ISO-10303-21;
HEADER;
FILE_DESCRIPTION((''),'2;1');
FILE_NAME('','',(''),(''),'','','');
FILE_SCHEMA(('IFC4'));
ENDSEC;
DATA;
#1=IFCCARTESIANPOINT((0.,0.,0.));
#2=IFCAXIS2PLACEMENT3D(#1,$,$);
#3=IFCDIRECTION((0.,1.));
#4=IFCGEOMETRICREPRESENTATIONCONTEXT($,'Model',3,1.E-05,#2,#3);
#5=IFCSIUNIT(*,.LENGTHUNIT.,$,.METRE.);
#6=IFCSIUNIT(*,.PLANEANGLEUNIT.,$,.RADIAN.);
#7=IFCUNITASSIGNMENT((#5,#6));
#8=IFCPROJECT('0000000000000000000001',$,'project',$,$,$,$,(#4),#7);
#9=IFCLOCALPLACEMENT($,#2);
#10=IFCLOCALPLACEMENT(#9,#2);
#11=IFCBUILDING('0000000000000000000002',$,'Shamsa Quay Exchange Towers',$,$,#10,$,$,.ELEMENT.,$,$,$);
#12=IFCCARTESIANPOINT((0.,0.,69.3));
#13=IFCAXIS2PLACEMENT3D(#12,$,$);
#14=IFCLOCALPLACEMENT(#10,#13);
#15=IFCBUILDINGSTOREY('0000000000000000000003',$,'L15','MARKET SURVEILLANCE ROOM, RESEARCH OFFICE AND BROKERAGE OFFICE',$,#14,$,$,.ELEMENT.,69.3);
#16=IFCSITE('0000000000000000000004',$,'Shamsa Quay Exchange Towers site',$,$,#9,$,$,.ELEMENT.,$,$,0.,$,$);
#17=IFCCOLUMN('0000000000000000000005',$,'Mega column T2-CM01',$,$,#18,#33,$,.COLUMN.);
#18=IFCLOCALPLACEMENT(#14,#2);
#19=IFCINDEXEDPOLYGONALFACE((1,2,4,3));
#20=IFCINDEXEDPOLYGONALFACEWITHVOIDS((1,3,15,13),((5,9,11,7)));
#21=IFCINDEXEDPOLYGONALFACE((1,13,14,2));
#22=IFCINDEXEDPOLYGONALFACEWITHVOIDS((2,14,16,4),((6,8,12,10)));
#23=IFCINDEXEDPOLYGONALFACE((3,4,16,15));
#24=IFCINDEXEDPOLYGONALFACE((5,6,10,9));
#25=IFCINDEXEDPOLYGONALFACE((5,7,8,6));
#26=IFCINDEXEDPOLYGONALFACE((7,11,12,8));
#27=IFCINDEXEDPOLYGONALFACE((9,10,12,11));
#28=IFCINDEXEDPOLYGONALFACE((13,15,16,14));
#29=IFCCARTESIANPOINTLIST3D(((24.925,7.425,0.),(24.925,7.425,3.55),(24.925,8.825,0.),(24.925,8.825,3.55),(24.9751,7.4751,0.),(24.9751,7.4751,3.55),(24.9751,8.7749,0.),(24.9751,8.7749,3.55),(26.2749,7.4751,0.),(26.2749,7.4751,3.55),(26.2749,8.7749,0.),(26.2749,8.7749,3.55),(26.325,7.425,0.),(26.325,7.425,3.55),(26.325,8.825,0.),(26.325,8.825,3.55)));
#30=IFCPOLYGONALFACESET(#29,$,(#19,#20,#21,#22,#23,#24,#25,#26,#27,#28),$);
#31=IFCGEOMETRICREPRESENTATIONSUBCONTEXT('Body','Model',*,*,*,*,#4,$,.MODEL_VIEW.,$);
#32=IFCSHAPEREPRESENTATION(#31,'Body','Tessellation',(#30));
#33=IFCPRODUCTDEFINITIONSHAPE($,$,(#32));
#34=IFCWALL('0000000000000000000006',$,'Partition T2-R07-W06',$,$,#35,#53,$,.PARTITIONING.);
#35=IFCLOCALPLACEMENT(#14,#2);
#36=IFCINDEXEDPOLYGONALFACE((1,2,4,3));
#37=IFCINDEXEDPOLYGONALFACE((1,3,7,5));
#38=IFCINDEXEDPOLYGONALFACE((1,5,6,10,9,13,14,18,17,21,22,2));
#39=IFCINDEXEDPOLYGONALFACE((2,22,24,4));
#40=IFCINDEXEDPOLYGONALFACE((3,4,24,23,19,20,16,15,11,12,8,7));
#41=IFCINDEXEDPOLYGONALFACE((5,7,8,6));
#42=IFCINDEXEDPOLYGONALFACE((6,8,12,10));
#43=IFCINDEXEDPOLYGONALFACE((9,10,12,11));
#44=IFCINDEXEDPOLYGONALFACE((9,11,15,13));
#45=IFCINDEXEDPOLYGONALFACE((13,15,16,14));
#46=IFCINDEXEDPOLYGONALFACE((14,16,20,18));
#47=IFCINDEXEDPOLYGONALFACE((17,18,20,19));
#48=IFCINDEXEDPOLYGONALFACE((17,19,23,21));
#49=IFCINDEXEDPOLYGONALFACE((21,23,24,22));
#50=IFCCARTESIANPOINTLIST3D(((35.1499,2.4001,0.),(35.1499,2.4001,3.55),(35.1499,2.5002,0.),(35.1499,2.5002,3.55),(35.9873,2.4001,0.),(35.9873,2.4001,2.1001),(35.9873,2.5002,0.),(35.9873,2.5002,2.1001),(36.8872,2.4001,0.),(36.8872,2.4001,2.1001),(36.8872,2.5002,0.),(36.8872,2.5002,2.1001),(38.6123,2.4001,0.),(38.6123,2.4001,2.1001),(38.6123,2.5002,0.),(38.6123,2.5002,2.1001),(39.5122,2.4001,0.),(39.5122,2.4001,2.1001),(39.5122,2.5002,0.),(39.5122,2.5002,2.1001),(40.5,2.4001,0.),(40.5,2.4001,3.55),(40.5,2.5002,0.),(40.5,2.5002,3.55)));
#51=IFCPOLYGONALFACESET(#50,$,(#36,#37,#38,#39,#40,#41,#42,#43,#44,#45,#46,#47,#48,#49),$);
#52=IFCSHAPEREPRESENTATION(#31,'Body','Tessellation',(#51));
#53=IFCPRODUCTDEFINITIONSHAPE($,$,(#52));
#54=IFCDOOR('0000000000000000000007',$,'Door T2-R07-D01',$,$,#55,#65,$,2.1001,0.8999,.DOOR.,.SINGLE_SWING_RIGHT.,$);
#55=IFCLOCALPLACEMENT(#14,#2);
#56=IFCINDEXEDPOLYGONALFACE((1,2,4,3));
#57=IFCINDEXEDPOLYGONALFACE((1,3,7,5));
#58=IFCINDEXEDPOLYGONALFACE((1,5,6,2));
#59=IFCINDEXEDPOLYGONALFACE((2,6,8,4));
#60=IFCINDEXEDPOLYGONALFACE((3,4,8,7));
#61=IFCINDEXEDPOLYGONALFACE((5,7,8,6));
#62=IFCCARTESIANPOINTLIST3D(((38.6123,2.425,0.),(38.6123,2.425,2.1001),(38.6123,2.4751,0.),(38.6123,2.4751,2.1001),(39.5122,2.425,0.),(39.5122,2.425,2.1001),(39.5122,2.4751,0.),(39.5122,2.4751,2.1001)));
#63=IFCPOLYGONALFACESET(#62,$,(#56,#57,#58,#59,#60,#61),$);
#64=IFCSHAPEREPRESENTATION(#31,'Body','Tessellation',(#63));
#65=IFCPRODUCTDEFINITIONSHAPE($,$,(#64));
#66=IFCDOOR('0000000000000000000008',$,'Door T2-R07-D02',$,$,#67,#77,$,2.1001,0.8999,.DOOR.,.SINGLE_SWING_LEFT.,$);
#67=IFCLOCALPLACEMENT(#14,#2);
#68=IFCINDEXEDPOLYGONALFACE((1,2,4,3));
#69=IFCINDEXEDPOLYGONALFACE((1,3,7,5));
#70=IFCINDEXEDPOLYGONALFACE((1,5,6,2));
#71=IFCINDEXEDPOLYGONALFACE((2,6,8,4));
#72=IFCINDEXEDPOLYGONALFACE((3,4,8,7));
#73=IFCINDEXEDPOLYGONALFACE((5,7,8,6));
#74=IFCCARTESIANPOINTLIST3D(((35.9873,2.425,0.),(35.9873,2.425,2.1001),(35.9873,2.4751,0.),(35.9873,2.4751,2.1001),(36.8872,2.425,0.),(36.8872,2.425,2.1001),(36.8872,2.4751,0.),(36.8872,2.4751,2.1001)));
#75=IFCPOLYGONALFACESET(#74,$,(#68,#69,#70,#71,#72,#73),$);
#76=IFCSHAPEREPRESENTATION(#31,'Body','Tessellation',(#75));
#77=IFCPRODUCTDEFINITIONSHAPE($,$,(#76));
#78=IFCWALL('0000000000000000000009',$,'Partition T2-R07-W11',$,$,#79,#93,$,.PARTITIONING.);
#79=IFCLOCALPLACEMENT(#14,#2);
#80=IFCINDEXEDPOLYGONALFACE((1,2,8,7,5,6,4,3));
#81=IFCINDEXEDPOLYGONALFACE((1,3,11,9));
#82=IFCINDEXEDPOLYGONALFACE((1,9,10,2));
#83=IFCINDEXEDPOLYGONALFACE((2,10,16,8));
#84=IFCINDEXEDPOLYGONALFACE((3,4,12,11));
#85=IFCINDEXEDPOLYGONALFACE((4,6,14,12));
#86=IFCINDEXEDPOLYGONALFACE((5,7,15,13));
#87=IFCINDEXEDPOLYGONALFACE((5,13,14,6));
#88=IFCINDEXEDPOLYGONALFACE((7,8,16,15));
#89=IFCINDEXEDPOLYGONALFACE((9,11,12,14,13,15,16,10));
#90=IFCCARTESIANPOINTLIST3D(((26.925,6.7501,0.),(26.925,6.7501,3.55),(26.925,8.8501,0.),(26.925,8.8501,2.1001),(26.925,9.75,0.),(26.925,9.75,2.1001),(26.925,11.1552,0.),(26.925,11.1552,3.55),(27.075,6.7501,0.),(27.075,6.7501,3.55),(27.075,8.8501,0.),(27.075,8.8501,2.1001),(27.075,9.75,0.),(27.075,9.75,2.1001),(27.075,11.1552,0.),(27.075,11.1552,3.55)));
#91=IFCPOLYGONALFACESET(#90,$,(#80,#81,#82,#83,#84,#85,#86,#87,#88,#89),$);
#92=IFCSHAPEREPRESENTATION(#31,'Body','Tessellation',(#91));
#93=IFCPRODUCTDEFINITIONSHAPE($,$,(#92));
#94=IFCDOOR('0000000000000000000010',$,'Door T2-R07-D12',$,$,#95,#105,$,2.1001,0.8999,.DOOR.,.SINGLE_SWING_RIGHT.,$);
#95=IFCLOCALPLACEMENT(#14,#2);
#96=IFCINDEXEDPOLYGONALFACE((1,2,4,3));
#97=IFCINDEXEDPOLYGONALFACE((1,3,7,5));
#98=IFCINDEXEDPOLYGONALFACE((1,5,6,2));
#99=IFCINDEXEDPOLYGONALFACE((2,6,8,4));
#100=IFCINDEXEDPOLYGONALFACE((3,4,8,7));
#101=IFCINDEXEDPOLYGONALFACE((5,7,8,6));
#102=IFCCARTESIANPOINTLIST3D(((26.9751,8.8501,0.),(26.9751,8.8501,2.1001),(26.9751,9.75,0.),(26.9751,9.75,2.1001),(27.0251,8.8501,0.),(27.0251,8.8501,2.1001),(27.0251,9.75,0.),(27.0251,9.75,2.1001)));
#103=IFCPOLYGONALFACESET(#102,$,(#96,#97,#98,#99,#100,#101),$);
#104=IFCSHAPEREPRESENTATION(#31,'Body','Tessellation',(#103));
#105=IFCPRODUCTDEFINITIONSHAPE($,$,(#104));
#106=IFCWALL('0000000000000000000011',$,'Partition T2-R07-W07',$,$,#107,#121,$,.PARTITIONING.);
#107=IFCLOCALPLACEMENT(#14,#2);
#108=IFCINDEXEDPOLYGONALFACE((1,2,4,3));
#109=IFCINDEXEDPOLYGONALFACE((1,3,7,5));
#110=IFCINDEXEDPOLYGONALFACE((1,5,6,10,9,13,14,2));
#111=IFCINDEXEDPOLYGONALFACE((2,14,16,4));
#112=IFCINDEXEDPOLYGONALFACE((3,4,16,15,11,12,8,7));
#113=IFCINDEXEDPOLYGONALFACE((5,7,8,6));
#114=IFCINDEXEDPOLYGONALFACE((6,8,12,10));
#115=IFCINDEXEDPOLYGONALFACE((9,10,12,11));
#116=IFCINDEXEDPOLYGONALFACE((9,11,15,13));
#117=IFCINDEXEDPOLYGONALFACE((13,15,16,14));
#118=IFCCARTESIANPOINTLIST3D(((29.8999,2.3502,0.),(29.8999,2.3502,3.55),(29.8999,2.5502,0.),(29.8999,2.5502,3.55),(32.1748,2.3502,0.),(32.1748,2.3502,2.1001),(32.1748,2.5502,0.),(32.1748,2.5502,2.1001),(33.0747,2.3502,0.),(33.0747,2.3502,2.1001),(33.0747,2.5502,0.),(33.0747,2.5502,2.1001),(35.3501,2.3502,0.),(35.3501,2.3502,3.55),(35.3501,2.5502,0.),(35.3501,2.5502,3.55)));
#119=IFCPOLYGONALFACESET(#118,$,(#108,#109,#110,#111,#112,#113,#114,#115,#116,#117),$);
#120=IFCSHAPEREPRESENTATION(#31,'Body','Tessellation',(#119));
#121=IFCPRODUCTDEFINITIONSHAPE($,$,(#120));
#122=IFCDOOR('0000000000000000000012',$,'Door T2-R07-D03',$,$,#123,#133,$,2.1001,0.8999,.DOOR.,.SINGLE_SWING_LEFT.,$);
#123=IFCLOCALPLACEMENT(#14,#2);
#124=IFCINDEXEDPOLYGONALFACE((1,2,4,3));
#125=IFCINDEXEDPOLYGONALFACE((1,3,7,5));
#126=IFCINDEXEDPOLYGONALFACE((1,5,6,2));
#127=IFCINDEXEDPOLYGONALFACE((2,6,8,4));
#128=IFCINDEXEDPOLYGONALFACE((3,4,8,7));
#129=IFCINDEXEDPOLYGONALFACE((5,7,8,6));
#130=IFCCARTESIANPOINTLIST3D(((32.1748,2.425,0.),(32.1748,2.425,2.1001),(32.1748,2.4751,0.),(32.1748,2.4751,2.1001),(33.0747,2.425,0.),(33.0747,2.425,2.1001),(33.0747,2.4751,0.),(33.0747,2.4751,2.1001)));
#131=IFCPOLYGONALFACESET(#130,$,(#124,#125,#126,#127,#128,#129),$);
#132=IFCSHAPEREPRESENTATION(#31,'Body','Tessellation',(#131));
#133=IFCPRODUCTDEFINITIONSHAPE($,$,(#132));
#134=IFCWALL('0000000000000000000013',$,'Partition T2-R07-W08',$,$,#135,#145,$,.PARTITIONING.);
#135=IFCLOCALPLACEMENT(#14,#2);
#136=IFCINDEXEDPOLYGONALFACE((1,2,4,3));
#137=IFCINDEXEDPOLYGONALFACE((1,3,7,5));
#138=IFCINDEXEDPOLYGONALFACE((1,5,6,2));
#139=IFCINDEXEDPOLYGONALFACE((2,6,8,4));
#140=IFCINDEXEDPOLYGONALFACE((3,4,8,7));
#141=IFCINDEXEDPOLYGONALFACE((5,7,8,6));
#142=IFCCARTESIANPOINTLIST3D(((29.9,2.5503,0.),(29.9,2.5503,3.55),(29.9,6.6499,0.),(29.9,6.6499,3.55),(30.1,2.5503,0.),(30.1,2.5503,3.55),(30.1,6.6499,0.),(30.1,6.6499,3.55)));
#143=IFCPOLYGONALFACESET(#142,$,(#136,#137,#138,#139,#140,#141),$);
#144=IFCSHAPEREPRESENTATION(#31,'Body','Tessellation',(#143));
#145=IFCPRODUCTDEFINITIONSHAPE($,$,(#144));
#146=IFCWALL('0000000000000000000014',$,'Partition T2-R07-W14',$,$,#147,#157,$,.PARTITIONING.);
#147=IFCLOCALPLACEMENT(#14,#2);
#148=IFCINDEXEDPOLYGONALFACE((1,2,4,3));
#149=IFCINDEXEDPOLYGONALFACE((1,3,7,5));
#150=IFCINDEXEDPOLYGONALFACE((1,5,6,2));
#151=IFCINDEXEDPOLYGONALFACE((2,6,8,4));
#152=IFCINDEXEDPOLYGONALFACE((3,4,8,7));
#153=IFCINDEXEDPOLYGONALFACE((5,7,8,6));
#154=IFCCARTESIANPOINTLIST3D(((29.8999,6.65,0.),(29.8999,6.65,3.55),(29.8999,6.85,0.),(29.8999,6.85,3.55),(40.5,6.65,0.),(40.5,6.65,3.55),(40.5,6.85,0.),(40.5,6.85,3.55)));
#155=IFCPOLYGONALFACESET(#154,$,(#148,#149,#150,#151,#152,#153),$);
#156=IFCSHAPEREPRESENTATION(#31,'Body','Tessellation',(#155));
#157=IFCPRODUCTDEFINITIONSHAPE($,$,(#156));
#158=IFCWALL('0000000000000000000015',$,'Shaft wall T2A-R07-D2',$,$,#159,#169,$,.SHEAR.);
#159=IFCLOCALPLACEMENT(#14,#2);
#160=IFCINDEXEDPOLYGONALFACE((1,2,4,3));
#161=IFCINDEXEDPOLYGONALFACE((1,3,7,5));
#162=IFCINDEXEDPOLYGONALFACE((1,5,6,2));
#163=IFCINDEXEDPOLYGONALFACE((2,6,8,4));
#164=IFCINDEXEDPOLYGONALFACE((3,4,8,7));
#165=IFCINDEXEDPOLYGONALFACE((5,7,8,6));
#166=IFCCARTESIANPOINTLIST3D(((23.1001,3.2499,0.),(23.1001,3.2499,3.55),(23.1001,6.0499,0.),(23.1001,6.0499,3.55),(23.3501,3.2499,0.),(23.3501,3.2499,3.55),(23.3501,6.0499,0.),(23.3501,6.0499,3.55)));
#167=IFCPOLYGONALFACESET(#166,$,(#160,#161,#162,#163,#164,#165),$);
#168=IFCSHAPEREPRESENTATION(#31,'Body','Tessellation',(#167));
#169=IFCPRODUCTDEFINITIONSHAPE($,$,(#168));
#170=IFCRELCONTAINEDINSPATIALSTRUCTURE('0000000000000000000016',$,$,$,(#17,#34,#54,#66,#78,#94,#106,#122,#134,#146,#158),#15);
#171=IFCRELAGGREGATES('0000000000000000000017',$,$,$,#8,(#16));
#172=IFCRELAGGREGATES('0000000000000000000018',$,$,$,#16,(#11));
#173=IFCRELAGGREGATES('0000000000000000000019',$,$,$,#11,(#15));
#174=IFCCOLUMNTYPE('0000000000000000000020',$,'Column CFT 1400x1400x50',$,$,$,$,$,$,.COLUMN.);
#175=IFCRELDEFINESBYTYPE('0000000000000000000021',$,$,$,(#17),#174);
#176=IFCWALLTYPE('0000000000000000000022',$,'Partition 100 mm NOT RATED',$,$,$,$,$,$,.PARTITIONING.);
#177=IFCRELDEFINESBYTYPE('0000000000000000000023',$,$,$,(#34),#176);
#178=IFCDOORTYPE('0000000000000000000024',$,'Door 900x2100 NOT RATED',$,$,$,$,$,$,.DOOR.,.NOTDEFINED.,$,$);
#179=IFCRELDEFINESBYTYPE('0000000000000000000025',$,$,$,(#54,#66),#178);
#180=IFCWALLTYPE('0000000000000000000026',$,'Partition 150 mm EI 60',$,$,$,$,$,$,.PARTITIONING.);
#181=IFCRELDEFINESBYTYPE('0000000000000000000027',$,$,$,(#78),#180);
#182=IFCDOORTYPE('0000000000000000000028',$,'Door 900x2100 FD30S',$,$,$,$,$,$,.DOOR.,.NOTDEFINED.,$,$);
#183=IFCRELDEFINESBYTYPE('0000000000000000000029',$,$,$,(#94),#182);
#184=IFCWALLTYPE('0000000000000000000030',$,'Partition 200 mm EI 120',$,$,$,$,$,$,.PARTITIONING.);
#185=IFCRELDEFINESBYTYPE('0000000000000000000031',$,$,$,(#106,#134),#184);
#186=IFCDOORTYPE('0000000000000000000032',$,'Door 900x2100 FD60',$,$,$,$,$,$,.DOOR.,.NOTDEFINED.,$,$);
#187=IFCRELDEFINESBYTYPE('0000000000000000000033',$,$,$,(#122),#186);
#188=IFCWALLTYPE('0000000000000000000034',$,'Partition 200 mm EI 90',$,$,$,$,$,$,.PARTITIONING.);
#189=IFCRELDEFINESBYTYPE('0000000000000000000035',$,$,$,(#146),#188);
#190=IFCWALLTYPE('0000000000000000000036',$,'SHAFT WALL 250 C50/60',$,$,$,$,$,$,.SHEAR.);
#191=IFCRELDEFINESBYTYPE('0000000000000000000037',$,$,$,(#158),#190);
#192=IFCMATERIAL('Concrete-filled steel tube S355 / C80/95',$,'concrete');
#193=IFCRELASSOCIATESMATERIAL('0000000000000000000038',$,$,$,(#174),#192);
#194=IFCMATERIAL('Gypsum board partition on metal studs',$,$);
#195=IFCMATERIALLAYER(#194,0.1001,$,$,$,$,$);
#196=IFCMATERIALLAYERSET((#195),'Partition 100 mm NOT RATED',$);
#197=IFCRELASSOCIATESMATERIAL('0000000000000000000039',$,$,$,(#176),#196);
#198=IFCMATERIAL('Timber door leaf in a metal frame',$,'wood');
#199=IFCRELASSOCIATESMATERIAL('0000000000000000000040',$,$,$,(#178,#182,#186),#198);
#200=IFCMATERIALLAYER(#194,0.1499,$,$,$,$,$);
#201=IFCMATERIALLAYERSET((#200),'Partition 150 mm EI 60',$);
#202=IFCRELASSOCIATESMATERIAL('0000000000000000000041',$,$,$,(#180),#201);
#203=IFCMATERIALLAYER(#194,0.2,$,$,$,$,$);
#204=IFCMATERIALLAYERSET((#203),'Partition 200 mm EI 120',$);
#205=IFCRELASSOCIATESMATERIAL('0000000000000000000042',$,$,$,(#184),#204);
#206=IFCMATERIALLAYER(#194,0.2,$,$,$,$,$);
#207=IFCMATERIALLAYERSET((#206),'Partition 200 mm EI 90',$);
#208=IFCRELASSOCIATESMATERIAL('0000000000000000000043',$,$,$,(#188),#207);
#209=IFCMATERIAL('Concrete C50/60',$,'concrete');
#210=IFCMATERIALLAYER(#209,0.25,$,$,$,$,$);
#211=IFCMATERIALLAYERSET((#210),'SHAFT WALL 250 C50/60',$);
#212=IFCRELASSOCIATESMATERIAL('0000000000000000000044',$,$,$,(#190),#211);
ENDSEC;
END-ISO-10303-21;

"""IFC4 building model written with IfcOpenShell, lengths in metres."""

from ifc_helpers import new_model, si_unit, direction, frame, frame_2d, origin, origin_2d, place, context, subcontext, project, spatial, rectangle, hollow_rectangle, extrude, material, layer, layer_set, material_profile, profile_set, type_object, element, fill, save


model = new_model("IFC4")

# Units and contexts
model_context = context("Model", 3, precision=1e-05, world=origin(), true_north=direction((0.0, 1.0)))
body_context = subcontext(model_context, "Body", "Model", "MODEL_VIEW")
ifc_project = project(units=[si_unit("LENGTHUNIT", "METRE"), si_unit("PLANEANGLEUNIT", "RADIAN")], contexts=[model_context])

# Site, building, storey
site_placement = place(None, origin())
site = spatial("IfcSite", under=ifc_project, at=site_placement, Name="Shamsa Quay Exchange Towers site", CompositionType="ELEMENT", RefElevation=0.0)
building_placement = place(site_placement, origin())
building = spatial("IfcBuilding", under=site, at=building_placement, Name="Shamsa Quay Exchange Towers", CompositionType="ELEMENT")
storey_placement = place(building_placement, frame((0.0, 0.0, 69.3)))
storey = spatial("IfcBuildingStorey", under=building, at=storey_placement, Name="L15", Description="MARKET SURVEILLANCE ROOM, RESEARCH OFFICE AND BROKERAGE OFFICE", CompositionType="ELEMENT", Elevation=69.3)

# Column
ifc_material_1 = material(Name="Concrete-filled steel tube S355 / C80/95", Category="concrete")
ifc_material_profile = material_profile(ifc_material_1, hollow_rectangle(XDim=1.3999, YDim=1.3999, WallThickness=0.05, at=origin_2d()), Name="CFT 1400x1400x50")
ifc_profile_set = profile_set([ifc_material_profile], Name="Concrete-filled steel tube S355 / C80/95")
column_type = type_object("IfcColumnType", Name="Column CFT 1400x1400x50", PredefinedType="COLUMN", material=ifc_profile_set)
column_placement = place(storey_placement, frame((25.625, 8.125, 0.0)))
element("IfcColumn", 1, at=column_placement, inside=storey, type_object=column_type, Name="Mega column T2-CM01", PredefinedType="COLUMN", context=body_context, shape_type="SweptSolid", body=[
    extrude(hollow_rectangle(XDim=1.3999, YDim=1.3999, WallThickness=0.05, at=origin_2d()), origin(), (0.0, 0.0, 1.0), 3.55),
])

# Wall, openings, doors
ifc_material_2 = material(Name="Gypsum board partition on metal studs")
ifc_layer_1 = layer(ifc_material_2, 0.1001)
ifc_layer_set_1 = layer_set([ifc_layer_1], Name="Partition 100 mm NOT RATED")
wall_type_1 = type_object("IfcWallType", Name="Partition 100 mm NOT RATED", PredefinedType="PARTITIONING", material=ifc_layer_set_1)
wall_1_placement = place(storey_placement, frame((35.1499, 2.4502, 0.0)))
wall_1 = element("IfcWall", 2, at=wall_1_placement, inside=storey, type_object=wall_type_1, Name="Partition T2-R07-W06", PredefinedType="PARTITIONING", context=body_context, shape_type="SweptSolid", body=[
    extrude(rectangle(XDim=5.3501, YDim=0.1001, at=frame_2d((2.675, 0.0))), origin(), (0.0, 0.0, 1.0), 3.55),
])
opening_1_placement = place(wall_1_placement, frame((3.4624, 0.0, 0.0)))
opening_1 = element("IfcOpeningElement", 3, at=opening_1_placement, cuts=wall_1, PredefinedType="OPENING", context=body_context, shape_type="SweptSolid", body=[
    extrude(rectangle(XDim=0.8999, YDim=2.1001, at=frame_2d((0.45, 1.05))), frame((0.0, 0.0601, 0.0), z_axis=(0.0, -1.0, 0.0), x_axis=(1.0, 0.0, 0.0)), (0.0, 0.0, 1.0), 0.1201),
])
opening_2_placement = place(wall_1_placement, frame((0.8374, 0.0, 0.0)))
opening_2 = element("IfcOpeningElement", 4, at=opening_2_placement, cuts=wall_1, PredefinedType="OPENING", context=body_context, shape_type="SweptSolid", body=[
    extrude(rectangle(XDim=0.8999, YDim=2.1001, at=frame_2d((0.45, 1.05))), frame((0.0, 0.0601, 0.0), z_axis=(0.0, -1.0, 0.0), x_axis=(1.0, 0.0, 0.0)), (0.0, 0.0, 1.0), 0.1201),
])
ifc_material_3 = material(Name="Timber door leaf in a metal frame", Category="wood")
door_type_1 = type_object("IfcDoorType", Name="Door 900x2100 NOT RATED", OperationType="NOTDEFINED", PredefinedType="DOOR", material=ifc_material_3)
door_1_placement = place(opening_1_placement, origin())
door_1 = element("IfcDoor", 5, at=door_1_placement, inside=storey, type_object=door_type_1, Name="Door T2-R07-D01", OperationType="SINGLE_SWING_RIGHT", OverallHeight=2.1001, OverallWidth=0.8999, PredefinedType="DOOR", context=body_context, shape_type="SweptSolid", body=[
    extrude(rectangle(XDim=0.8999, YDim=2.1001, at=frame_2d((0.45, 1.05))), frame((0.0, 0.0249, 0.0), z_axis=(0.0, -1.0, 0.0), x_axis=(1.0, 0.0, 0.0)), (0.0, 0.0, 1.0), 0.05),
])
fill(opening_1, door_1)
door_2_placement = place(opening_2_placement, origin())
door_2 = element("IfcDoor", 6, at=door_2_placement, inside=storey, type_object=door_type_1, Name="Door T2-R07-D02", OperationType="SINGLE_SWING_LEFT", OverallHeight=2.1001, OverallWidth=0.8999, PredefinedType="DOOR", context=body_context, shape_type="SweptSolid", body=[
    extrude(rectangle(XDim=0.8999, YDim=2.1001, at=frame_2d((0.45, 1.05))), frame((0.0, 0.0249, 0.0), z_axis=(0.0, -1.0, 0.0), x_axis=(1.0, 0.0, 0.0)), (0.0, 0.0, 1.0), 0.05),
])
fill(opening_2, door_2)

# Walls, openings, doors
ifc_layer_2 = layer(ifc_material_2, 0.1499)
ifc_layer_set_2 = layer_set([ifc_layer_2], Name="Partition 150 mm EI 60")
wall_type_2 = type_object("IfcWallType", Name="Partition 150 mm EI 60", PredefinedType="PARTITIONING", material=ifc_layer_set_2)
wall_2_placement = place(storey_placement, frame((27.0, 6.75, 0.0), z_axis=(0.0, 0.0, 1.0), x_axis=(0.0, 1.0, 0.0)))
wall_2 = element("IfcWall", 7, at=wall_2_placement, inside=storey, type_object=wall_type_2, Name="Partition T2-R07-W11", PredefinedType="PARTITIONING", context=body_context, shape_type="SweptSolid", body=[
    extrude(rectangle(XDim=4.405, YDim=0.1499, at=frame_2d((2.2026, 0.0))), origin(), (0.0, 0.0, 1.0), 3.55),
])
opening_3_placement = place(wall_2_placement, frame((2.1001, 0.0, 0.0)))
opening_3 = element("IfcOpeningElement", 8, at=opening_3_placement, cuts=wall_2, PredefinedType="OPENING", context=body_context, shape_type="SweptSolid", body=[
    extrude(rectangle(XDim=0.8999, YDim=2.1001, at=frame_2d((0.45, 1.05))), frame((0.0, 0.085, 0.0), z_axis=(0.0, -1.0, 0.0), x_axis=(1.0, 0.0, 0.0)), (0.0, 0.0, 1.0), 0.1699),
])
door_type_2 = type_object("IfcDoorType", Name="Door 900x2100 FD30S", OperationType="NOTDEFINED", PredefinedType="DOOR", material=ifc_material_3)
door_3_placement = place(opening_3_placement, origin())
door_3 = element("IfcDoor", 9, at=door_3_placement, inside=storey, type_object=door_type_2, Name="Door T2-R07-D12", OperationType="SINGLE_SWING_RIGHT", OverallHeight=2.1001, OverallWidth=0.8999, PredefinedType="DOOR", context=body_context, shape_type="SweptSolid", body=[
    extrude(rectangle(XDim=0.8999, YDim=2.1001, at=frame_2d((0.45, 1.05))), frame((0.0, 0.0249, 0.0), z_axis=(0.0, -1.0, 0.0), x_axis=(1.0, 0.0, 0.0)), (0.0, 0.0, 1.0), 0.05),
])
fill(opening_3, door_3)
ifc_layer_3 = layer(ifc_material_2, 0.2)
ifc_layer_set_3 = layer_set([ifc_layer_3], Name="Partition 200 mm EI 120")
wall_type_3 = type_object("IfcWallType", Name="Partition 200 mm EI 120", PredefinedType="PARTITIONING", material=ifc_layer_set_3)
wall_3_placement = place(storey_placement, frame((29.8999, 2.4502, 0.0)))
wall_3 = element("IfcWall", 10, at=wall_3_placement, inside=storey, type_object=wall_type_3, Name="Partition T2-R07-W07", PredefinedType="PARTITIONING", context=body_context, shape_type="SweptSolid", body=[
    extrude(rectangle(XDim=5.4502, YDim=0.2, at=frame_2d((2.7251, 0.0))), origin(), (0.0, 0.0, 1.0), 3.55),
])
opening_4_placement = place(wall_3_placement, frame((2.2749, 0.0, 0.0)))
opening_4 = element("IfcOpeningElement", 11, at=opening_4_placement, cuts=wall_3, PredefinedType="OPENING", context=body_context, shape_type="SweptSolid", body=[
    extrude(rectangle(XDim=0.8999, YDim=2.1001, at=frame_2d((0.45, 1.05))), frame((0.0, 0.1099, 0.0), z_axis=(0.0, -1.0, 0.0), x_axis=(1.0, 0.0, 0.0)), (0.0, 0.0, 1.0), 0.22),
])
door_type_3 = type_object("IfcDoorType", Name="Door 900x2100 FD60", OperationType="NOTDEFINED", PredefinedType="DOOR", material=ifc_material_3)
door_4_placement = place(opening_4_placement, origin())
door_4 = element("IfcDoor", 12, at=door_4_placement, inside=storey, type_object=door_type_3, Name="Door T2-R07-D03", OperationType="SINGLE_SWING_LEFT", OverallHeight=2.1001, OverallWidth=0.8999, PredefinedType="DOOR", context=body_context, shape_type="SweptSolid", body=[
    extrude(rectangle(XDim=0.8999, YDim=2.1001, at=frame_2d((0.45, 1.05))), frame((0.0, 0.0249, 0.0), z_axis=(0.0, -1.0, 0.0), x_axis=(1.0, 0.0, 0.0)), (0.0, 0.0, 1.0), 0.05),
])
fill(opening_4, door_4)

# Walls
wall_4_placement = place(storey_placement, frame((30.0, 6.6499, 0.0), z_axis=(0.0, 0.0, 1.0), x_axis=(0.0, -1.0, 0.0)))
element("IfcWall", 13, at=wall_4_placement, inside=storey, type_object=wall_type_3, Name="Partition T2-R07-W08", PredefinedType="PARTITIONING", context=body_context, shape_type="SweptSolid", body=[
    extrude(rectangle(XDim=4.0996, YDim=0.2, at=frame_2d((2.0498, 0.0))), origin(), (0.0, 0.0, 1.0), 3.55),
])
ifc_layer_4 = layer(ifc_material_2, 0.2)
ifc_layer_set_4 = layer_set([ifc_layer_4], Name="Partition 200 mm EI 90")
wall_type_4 = type_object("IfcWallType", Name="Partition 200 mm EI 90", PredefinedType="PARTITIONING", material=ifc_layer_set_4)
wall_5_placement = place(storey_placement, frame((29.8999, 6.75, 0.0)))
element("IfcWall", 14, at=wall_5_placement, inside=storey, type_object=wall_type_4, Name="Partition T2-R07-W14", PredefinedType="PARTITIONING", context=body_context, shape_type="SweptSolid", body=[
    extrude(rectangle(XDim=10.6001, YDim=0.2, at=frame_2d((5.3, 0.0))), origin(), (0.0, 0.0, 1.0), 3.55),
])
ifc_material_4 = material(Name="Concrete C50/60", Category="concrete")
ifc_layer_5 = layer(ifc_material_4, 0.25)
ifc_layer_set_5 = layer_set([ifc_layer_5], Name="SHAFT WALL 250 C50/60")
wall_type_5 = type_object("IfcWallType", Name="SHAFT WALL 250 C50/60", PredefinedType="SHEAR", material=ifc_layer_set_5)
wall_6_placement = place(storey_placement, frame((23.2251, 3.25, 0.0), z_axis=(0.0, 0.0, 1.0), x_axis=(0.0, 1.0, 0.0)))
element("IfcWall", 15, at=wall_6_placement, inside=storey, type_object=wall_type_5, Name="Shaft wall T2A-R07-D2", PredefinedType="SHEAR", context=body_context, shape_type="SweptSolid", body=[
    extrude(rectangle(XDim=2.8, YDim=0.25, at=frame_2d((1.3999, 0.0))), origin(), (0.0, 0.0, 1.0), 3.55),
])

save(model, "model.ifc")
